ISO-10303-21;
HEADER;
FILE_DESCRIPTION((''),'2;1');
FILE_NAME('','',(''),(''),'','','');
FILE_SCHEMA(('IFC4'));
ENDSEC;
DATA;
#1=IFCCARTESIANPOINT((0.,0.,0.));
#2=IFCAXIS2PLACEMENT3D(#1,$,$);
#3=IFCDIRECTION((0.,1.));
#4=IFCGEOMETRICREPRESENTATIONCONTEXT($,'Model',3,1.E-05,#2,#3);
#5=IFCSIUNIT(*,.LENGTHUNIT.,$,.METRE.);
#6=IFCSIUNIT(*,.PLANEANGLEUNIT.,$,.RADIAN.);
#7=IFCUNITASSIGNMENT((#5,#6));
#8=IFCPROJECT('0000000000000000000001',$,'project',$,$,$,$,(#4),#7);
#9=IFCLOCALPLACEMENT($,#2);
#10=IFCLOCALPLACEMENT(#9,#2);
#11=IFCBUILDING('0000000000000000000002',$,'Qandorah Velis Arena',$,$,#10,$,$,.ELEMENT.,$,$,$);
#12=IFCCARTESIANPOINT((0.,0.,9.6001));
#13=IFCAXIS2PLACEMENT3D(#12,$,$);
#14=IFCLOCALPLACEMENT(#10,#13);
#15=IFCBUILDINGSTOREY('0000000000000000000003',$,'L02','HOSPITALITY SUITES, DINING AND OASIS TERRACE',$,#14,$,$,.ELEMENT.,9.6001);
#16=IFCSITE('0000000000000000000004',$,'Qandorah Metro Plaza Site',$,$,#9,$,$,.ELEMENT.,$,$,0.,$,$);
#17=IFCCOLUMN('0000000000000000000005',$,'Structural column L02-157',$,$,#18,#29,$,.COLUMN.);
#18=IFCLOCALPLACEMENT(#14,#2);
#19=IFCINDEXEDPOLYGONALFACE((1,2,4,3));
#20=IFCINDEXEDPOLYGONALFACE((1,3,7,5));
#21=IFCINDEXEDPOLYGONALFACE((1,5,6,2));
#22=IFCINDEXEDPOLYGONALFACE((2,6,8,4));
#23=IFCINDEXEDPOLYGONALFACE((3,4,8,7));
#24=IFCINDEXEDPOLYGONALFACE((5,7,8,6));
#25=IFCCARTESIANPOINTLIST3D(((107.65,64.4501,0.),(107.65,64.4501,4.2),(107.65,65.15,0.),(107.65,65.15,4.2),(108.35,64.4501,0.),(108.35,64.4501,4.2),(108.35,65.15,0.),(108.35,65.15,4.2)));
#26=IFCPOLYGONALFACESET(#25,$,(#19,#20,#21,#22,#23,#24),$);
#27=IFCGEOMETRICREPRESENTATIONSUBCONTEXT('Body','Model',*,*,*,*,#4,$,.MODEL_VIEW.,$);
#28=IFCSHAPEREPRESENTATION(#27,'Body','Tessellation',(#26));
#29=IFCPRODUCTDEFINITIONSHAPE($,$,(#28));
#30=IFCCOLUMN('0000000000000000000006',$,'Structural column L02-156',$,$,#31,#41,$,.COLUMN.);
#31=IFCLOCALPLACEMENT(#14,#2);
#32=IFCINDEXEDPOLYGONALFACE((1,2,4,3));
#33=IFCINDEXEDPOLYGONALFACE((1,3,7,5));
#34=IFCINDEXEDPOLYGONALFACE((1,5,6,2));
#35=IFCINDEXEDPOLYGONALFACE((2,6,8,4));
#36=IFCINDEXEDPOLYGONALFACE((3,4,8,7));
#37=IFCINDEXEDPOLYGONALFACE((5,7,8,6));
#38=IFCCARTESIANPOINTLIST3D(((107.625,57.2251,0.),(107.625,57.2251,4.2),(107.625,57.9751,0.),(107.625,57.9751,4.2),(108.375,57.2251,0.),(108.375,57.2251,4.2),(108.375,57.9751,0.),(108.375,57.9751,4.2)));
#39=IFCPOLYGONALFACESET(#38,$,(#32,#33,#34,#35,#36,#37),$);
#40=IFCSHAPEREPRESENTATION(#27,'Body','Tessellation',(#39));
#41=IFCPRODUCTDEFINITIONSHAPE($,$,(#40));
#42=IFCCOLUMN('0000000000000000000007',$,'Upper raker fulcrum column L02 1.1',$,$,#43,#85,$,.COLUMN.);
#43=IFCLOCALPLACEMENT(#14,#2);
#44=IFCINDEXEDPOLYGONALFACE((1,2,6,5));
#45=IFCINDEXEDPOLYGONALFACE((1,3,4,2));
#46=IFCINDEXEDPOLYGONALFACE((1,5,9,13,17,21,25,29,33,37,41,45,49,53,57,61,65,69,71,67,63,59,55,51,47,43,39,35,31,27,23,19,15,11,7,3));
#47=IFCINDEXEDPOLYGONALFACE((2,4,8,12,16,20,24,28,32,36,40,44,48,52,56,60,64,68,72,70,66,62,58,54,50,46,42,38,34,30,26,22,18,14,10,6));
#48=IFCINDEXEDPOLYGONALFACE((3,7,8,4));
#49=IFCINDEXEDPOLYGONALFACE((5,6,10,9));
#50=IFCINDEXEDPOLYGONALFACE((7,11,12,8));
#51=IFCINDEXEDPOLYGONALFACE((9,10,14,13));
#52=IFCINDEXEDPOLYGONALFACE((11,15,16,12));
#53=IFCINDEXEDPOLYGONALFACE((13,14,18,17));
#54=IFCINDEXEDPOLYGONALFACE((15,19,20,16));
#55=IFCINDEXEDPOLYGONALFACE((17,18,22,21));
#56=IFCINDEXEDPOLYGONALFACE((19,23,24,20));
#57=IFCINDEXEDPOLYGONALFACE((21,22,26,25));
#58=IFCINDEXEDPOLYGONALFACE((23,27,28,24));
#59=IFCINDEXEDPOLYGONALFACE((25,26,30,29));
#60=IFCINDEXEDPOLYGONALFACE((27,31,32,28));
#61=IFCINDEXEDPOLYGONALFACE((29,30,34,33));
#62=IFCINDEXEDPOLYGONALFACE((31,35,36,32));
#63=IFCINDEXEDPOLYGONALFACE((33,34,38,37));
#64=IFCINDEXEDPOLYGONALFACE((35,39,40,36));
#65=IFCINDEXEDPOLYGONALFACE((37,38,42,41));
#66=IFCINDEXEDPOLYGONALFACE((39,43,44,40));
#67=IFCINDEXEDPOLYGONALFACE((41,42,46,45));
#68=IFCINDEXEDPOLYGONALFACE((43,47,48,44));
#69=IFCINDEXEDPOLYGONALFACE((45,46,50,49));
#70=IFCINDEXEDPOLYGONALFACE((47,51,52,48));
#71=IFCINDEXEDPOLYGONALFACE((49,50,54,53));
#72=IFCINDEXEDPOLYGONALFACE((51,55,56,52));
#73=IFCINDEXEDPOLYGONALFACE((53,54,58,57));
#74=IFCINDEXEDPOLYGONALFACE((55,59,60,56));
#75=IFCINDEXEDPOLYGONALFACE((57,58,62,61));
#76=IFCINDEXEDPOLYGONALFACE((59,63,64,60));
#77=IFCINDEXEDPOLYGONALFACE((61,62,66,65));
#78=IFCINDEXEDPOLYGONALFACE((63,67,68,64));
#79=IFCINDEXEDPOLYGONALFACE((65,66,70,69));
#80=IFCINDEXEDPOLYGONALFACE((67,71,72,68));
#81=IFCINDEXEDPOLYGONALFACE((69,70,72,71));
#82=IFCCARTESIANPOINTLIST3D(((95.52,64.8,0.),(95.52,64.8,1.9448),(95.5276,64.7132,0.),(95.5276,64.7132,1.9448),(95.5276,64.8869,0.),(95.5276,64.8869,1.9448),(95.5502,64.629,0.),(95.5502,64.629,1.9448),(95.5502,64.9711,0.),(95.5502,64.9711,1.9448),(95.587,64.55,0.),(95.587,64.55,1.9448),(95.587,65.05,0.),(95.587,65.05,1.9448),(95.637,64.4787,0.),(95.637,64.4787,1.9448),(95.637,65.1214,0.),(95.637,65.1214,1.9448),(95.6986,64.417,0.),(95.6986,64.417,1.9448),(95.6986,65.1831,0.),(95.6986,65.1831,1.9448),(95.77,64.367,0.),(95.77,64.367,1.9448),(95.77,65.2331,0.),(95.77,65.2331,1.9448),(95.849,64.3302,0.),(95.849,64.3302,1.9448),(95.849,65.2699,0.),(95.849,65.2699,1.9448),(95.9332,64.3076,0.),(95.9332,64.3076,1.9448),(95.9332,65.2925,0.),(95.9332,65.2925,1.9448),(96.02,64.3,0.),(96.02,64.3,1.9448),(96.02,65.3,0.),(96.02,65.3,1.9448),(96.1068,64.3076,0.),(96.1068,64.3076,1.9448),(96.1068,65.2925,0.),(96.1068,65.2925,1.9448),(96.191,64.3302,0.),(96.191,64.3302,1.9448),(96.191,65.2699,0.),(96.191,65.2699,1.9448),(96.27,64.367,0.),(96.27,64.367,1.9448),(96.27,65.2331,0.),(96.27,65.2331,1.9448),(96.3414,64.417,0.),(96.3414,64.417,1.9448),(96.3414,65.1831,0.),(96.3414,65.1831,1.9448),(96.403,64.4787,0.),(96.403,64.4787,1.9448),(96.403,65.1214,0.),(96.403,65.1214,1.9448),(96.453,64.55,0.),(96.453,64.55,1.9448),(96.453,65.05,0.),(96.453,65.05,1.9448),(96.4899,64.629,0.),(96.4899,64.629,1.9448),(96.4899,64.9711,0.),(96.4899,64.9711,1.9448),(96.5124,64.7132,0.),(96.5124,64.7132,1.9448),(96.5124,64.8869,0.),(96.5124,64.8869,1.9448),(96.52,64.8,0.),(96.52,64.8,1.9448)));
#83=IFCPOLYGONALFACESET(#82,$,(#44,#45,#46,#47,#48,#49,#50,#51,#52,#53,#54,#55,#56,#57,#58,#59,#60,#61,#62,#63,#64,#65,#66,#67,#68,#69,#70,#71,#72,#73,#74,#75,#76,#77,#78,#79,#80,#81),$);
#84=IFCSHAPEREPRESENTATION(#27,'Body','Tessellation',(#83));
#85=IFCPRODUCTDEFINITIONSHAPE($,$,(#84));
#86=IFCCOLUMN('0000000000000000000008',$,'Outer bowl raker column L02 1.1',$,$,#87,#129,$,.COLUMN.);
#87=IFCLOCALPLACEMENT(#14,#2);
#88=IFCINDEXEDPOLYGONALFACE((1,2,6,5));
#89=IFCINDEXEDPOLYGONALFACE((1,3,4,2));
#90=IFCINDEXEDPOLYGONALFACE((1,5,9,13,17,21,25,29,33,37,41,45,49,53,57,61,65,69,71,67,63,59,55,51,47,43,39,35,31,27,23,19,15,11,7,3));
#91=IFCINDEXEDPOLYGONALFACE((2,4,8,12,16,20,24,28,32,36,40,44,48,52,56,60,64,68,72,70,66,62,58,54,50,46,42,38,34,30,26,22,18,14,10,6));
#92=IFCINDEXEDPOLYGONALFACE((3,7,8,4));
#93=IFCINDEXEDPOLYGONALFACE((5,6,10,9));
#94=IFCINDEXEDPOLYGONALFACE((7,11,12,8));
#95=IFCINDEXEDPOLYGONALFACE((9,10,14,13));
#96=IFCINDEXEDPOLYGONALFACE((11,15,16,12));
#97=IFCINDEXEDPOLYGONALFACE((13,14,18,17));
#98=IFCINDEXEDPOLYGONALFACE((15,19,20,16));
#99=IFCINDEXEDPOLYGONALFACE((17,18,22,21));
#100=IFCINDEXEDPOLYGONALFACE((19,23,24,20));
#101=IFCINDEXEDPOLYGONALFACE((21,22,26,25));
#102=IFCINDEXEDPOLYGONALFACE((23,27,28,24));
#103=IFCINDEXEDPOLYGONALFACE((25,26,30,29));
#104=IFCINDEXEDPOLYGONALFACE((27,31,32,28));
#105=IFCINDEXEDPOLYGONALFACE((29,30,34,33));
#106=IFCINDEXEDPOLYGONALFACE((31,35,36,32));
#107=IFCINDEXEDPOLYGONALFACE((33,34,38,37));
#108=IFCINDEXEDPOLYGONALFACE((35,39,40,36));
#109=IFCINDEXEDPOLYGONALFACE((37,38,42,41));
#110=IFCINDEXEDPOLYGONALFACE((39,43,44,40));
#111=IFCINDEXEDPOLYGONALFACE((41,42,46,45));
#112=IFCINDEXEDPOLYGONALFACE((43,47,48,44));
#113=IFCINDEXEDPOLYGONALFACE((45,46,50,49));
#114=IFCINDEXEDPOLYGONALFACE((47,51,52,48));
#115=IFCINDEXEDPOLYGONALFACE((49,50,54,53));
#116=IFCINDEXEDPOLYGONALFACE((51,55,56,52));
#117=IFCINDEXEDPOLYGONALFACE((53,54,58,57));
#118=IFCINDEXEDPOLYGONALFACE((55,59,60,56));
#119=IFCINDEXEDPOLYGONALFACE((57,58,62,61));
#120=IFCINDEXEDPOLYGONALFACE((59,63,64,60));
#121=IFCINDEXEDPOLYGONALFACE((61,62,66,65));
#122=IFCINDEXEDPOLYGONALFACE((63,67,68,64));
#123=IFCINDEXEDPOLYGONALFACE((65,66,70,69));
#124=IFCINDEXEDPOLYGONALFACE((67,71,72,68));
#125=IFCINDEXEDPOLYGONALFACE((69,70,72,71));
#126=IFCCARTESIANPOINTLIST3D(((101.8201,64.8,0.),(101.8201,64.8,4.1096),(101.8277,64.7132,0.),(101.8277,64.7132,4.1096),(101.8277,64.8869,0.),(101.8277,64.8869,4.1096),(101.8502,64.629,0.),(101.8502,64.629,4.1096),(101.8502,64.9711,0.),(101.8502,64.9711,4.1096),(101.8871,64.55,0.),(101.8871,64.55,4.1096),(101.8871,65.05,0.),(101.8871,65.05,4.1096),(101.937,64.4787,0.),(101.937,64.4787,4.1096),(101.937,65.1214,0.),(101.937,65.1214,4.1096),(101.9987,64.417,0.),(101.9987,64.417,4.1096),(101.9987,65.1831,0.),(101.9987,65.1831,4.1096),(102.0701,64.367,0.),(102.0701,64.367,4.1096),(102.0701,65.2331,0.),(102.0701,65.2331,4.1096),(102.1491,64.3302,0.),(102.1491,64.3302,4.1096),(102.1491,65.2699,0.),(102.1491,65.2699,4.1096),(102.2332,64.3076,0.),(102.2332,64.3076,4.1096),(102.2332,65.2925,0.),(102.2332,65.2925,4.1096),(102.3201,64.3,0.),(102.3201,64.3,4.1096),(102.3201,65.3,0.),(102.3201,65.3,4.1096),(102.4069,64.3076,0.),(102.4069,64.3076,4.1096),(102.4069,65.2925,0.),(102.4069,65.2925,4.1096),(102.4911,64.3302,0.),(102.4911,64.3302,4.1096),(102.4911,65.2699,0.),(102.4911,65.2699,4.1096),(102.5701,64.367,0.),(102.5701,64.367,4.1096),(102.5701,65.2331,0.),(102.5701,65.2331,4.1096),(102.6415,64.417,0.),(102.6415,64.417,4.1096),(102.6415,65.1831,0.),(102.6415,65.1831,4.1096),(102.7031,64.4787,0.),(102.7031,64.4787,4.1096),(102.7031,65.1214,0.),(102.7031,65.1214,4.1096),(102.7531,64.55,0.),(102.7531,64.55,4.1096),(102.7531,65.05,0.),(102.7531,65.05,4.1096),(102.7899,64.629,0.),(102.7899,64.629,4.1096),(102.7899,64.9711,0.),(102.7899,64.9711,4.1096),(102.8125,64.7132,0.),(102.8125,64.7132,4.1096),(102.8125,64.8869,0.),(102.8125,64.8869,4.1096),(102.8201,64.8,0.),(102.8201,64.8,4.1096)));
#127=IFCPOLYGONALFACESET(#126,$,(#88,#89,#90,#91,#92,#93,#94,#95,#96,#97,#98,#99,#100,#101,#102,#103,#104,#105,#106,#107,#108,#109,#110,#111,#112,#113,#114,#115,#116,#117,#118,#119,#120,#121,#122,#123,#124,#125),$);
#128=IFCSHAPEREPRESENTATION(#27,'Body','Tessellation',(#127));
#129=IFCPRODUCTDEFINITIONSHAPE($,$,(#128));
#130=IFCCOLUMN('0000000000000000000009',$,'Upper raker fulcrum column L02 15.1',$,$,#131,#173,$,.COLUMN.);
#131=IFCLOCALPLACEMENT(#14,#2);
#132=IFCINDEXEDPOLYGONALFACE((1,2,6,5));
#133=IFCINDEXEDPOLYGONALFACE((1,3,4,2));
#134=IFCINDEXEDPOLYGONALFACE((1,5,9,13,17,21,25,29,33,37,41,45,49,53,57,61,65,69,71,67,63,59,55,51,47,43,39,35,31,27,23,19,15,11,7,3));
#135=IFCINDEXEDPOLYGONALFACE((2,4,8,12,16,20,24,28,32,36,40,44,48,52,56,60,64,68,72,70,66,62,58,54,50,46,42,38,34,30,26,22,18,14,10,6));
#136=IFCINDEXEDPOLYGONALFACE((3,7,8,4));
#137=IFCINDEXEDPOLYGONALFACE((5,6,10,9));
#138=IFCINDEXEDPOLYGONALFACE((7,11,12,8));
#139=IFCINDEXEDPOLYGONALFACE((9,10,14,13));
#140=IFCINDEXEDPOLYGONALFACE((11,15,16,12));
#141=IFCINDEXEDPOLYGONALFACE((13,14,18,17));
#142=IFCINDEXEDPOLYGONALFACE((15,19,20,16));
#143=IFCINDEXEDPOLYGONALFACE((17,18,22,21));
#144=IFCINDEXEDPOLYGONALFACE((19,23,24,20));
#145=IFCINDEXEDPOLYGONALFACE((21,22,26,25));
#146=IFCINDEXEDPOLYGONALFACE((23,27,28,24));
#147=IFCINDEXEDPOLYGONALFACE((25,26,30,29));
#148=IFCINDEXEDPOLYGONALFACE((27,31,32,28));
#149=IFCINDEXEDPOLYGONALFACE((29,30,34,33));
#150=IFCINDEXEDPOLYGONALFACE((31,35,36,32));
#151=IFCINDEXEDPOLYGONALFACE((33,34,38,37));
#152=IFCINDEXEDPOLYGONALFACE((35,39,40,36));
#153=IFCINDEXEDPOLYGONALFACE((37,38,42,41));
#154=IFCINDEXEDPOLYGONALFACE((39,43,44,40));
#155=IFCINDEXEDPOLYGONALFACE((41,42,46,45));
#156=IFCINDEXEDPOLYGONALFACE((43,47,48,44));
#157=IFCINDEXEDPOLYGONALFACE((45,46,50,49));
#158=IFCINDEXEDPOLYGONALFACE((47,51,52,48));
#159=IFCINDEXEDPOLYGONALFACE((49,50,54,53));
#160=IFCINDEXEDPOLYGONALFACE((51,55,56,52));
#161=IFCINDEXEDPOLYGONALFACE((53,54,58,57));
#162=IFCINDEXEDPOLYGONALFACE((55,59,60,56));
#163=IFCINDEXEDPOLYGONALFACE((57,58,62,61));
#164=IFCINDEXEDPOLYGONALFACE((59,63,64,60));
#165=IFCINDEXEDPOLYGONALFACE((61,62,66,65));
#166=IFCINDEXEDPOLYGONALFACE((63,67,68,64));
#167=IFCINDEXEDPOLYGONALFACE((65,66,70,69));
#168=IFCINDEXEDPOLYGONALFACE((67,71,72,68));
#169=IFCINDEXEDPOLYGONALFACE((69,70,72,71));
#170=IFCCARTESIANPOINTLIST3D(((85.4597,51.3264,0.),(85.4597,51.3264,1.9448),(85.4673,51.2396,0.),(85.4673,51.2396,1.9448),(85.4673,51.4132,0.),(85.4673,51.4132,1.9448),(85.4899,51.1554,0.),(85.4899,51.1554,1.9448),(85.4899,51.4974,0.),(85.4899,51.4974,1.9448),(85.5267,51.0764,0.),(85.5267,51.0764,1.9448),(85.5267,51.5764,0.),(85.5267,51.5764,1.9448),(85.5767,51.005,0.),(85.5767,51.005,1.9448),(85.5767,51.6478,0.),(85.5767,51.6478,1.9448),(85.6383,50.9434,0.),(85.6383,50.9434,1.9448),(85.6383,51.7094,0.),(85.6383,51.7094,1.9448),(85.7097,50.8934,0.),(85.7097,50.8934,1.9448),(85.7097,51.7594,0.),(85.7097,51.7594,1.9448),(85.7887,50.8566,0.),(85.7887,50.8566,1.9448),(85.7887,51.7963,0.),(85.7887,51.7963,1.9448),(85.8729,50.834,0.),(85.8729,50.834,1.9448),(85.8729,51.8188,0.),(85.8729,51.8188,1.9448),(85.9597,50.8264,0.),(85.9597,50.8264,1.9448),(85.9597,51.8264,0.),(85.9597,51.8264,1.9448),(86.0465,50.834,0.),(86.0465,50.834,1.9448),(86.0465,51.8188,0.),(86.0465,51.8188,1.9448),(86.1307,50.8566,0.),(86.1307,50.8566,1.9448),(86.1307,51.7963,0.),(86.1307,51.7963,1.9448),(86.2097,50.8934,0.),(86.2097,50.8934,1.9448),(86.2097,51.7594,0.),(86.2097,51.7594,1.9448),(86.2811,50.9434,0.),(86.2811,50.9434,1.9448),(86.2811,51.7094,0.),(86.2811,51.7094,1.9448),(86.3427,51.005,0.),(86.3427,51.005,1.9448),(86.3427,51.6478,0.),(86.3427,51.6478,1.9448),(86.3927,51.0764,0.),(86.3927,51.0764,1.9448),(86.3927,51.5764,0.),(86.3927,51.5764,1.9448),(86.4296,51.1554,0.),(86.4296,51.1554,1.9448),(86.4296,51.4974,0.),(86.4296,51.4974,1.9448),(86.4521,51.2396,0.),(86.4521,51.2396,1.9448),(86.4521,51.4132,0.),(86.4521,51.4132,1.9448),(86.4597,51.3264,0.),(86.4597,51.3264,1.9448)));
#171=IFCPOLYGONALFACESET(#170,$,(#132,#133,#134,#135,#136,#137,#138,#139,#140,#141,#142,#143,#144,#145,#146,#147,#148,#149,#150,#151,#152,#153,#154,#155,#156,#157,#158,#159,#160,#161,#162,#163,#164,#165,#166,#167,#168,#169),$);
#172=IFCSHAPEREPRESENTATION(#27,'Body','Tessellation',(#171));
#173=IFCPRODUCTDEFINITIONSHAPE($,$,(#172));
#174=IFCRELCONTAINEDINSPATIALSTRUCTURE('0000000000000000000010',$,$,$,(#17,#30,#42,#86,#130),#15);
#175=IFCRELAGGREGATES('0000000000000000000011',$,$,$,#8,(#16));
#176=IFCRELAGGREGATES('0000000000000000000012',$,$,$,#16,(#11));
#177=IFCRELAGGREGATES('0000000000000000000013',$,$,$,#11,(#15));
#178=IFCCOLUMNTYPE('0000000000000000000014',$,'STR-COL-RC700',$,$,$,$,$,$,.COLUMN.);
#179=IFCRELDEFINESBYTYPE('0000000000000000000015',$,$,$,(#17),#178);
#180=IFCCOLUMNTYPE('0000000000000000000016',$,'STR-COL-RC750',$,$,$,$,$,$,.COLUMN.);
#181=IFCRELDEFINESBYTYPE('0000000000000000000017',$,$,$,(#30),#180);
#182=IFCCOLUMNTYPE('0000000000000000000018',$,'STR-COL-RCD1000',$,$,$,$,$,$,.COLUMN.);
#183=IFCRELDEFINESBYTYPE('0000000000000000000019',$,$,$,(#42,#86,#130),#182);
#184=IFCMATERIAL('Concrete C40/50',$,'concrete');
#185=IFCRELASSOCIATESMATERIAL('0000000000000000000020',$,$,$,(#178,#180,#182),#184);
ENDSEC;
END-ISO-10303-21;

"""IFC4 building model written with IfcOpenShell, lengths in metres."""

from ifc_helpers import new_model, si_unit, direction, frame, origin, origin_2d, place, context, subcontext, project, spatial, rectangle, circle, extrude, material, material_profile, profile_set, type_object, element, save


model = new_model("IFC4")

# Units and contexts
model_context = context("Model", 3, precision=1e-05, world=origin(), true_north=direction((0.0, 1.0)))
body_context = subcontext(model_context, "Body", "Model", "MODEL_VIEW")
ifc_project = project(units=[si_unit("LENGTHUNIT", "METRE"), si_unit("PLANEANGLEUNIT", "RADIAN")], contexts=[model_context])

# Site, building, storey
site_placement = place(None, origin())
site = spatial("IfcSite", under=ifc_project, at=site_placement, Name="Qandorah Metro Plaza Site", CompositionType="ELEMENT", RefElevation=0.0)
building_placement = place(site_placement, origin())
building = spatial("IfcBuilding", under=site, at=building_placement, Name="Qandorah Velis Arena", CompositionType="ELEMENT")
storey_placement = place(building_placement, frame((0.0, 0.0, 9.6001)))
storey = spatial("IfcBuildingStorey", under=building, at=storey_placement, Name="L02", Description="HOSPITALITY SUITES, DINING AND OASIS TERRACE", CompositionType="ELEMENT", Elevation=9.6001)

# Columns
ifc_material_1 = material(Name="Concrete C40/50", Category="concrete")
ifc_material_profile_1 = material_profile(ifc_material_1, rectangle(XDim=0.7, YDim=0.7, at=origin_2d()), Name="RC COL 700x700")
ifc_profile_set_1 = profile_set([ifc_material_profile_1], Name="Concrete C40/50")
column_type_1 = type_object("IfcColumnType", Name="STR-COL-RC700", PredefinedType="COLUMN", material=ifc_profile_set_1)
column_1_placement = place(storey_placement, frame((108.0, 64.8, 0.0), z_axis=(0.0, 0.0, 1.0), x_axis=(1.0, 0.0, 0.0)))
element("IfcColumn", 1, at=column_1_placement, inside=storey, type_object=column_type_1, Name="Structural column L02-157", PredefinedType="COLUMN", context=body_context, shape_type="SweptSolid", body=[
    extrude(rectangle(XDim=0.7, YDim=0.7, at=origin_2d()), origin(), (0.0, 0.0, 1.0), 4.2),
])
ifc_material_profile_2 = material_profile(ifc_material_1, rectangle(XDim=0.75, YDim=0.75, at=origin_2d()), Name="RC COL 750x750")
ifc_profile_set_2 = profile_set([ifc_material_profile_2], Name="Concrete C40/50")
column_type_2 = type_object("IfcColumnType", Name="STR-COL-RC750", PredefinedType="COLUMN", material=ifc_profile_set_2)
column_2_placement = place(storey_placement, frame((108.0, 57.6001, 0.0), z_axis=(0.0, 0.0, 1.0), x_axis=(1.0, 0.0, 0.0)))
element("IfcColumn", 2, at=column_2_placement, inside=storey, type_object=column_type_2, Name="Structural column L02-156", PredefinedType="COLUMN", context=body_context, shape_type="SweptSolid", body=[
    extrude(rectangle(XDim=0.75, YDim=0.75, at=origin_2d()), origin(), (0.0, 0.0, 1.0), 4.2),
])
ifc_material_profile_3 = material_profile(ifc_material_1, circle(Radius=0.5, at=origin_2d()), Name="RC D1000")
ifc_profile_set_3 = profile_set([ifc_material_profile_3], Name="Concrete C40/50")
column_type_3 = type_object("IfcColumnType", Name="STR-COL-RCD1000", PredefinedType="COLUMN", material=ifc_profile_set_3)
column_3_placement = place(storey_placement, frame((96.02, 64.8, 0.0), z_axis=(0.0, 0.0, 1.0), x_axis=(1.0, 0.0, 0.0)))
element("IfcColumn", 3, at=column_3_placement, inside=storey, type_object=column_type_3, Name="Upper raker fulcrum column L02 1.1", PredefinedType="COLUMN", context=body_context, shape_type="SweptSolid", body=[
    extrude(circle(Radius=0.5, at=origin_2d()), origin(), (0.0, 0.0, 1.0), 1.9448),
])
column_4_placement = place(storey_placement, frame((102.3201, 64.8, 0.0), z_axis=(0.0, 0.0, 1.0), x_axis=(1.0, 0.0, 0.0)))
element("IfcColumn", 4, at=column_4_placement, inside=storey, type_object=column_type_3, Name="Outer bowl raker column L02 1.1", PredefinedType="COLUMN", context=body_context, shape_type="SweptSolid", body=[
    extrude(circle(Radius=0.5, at=origin_2d()), origin(), (0.0, 0.0, 1.0), 4.1096),
])
column_5_placement = place(storey_placement, frame((85.9597, 51.3264, 0.0), z_axis=(0.0, 0.0, 1.0), x_axis=(1.0, 0.0, 0.0)))
element("IfcColumn", 5, at=column_5_placement, inside=storey, type_object=column_type_3, Name="Upper raker fulcrum column L02 15.1", PredefinedType="COLUMN", context=body_context, shape_type="SweptSolid", body=[
    extrude(circle(Radius=0.5, at=origin_2d()), origin(), (0.0, 0.0, 1.0), 1.9448),
])

save(model, "model.ifc")
